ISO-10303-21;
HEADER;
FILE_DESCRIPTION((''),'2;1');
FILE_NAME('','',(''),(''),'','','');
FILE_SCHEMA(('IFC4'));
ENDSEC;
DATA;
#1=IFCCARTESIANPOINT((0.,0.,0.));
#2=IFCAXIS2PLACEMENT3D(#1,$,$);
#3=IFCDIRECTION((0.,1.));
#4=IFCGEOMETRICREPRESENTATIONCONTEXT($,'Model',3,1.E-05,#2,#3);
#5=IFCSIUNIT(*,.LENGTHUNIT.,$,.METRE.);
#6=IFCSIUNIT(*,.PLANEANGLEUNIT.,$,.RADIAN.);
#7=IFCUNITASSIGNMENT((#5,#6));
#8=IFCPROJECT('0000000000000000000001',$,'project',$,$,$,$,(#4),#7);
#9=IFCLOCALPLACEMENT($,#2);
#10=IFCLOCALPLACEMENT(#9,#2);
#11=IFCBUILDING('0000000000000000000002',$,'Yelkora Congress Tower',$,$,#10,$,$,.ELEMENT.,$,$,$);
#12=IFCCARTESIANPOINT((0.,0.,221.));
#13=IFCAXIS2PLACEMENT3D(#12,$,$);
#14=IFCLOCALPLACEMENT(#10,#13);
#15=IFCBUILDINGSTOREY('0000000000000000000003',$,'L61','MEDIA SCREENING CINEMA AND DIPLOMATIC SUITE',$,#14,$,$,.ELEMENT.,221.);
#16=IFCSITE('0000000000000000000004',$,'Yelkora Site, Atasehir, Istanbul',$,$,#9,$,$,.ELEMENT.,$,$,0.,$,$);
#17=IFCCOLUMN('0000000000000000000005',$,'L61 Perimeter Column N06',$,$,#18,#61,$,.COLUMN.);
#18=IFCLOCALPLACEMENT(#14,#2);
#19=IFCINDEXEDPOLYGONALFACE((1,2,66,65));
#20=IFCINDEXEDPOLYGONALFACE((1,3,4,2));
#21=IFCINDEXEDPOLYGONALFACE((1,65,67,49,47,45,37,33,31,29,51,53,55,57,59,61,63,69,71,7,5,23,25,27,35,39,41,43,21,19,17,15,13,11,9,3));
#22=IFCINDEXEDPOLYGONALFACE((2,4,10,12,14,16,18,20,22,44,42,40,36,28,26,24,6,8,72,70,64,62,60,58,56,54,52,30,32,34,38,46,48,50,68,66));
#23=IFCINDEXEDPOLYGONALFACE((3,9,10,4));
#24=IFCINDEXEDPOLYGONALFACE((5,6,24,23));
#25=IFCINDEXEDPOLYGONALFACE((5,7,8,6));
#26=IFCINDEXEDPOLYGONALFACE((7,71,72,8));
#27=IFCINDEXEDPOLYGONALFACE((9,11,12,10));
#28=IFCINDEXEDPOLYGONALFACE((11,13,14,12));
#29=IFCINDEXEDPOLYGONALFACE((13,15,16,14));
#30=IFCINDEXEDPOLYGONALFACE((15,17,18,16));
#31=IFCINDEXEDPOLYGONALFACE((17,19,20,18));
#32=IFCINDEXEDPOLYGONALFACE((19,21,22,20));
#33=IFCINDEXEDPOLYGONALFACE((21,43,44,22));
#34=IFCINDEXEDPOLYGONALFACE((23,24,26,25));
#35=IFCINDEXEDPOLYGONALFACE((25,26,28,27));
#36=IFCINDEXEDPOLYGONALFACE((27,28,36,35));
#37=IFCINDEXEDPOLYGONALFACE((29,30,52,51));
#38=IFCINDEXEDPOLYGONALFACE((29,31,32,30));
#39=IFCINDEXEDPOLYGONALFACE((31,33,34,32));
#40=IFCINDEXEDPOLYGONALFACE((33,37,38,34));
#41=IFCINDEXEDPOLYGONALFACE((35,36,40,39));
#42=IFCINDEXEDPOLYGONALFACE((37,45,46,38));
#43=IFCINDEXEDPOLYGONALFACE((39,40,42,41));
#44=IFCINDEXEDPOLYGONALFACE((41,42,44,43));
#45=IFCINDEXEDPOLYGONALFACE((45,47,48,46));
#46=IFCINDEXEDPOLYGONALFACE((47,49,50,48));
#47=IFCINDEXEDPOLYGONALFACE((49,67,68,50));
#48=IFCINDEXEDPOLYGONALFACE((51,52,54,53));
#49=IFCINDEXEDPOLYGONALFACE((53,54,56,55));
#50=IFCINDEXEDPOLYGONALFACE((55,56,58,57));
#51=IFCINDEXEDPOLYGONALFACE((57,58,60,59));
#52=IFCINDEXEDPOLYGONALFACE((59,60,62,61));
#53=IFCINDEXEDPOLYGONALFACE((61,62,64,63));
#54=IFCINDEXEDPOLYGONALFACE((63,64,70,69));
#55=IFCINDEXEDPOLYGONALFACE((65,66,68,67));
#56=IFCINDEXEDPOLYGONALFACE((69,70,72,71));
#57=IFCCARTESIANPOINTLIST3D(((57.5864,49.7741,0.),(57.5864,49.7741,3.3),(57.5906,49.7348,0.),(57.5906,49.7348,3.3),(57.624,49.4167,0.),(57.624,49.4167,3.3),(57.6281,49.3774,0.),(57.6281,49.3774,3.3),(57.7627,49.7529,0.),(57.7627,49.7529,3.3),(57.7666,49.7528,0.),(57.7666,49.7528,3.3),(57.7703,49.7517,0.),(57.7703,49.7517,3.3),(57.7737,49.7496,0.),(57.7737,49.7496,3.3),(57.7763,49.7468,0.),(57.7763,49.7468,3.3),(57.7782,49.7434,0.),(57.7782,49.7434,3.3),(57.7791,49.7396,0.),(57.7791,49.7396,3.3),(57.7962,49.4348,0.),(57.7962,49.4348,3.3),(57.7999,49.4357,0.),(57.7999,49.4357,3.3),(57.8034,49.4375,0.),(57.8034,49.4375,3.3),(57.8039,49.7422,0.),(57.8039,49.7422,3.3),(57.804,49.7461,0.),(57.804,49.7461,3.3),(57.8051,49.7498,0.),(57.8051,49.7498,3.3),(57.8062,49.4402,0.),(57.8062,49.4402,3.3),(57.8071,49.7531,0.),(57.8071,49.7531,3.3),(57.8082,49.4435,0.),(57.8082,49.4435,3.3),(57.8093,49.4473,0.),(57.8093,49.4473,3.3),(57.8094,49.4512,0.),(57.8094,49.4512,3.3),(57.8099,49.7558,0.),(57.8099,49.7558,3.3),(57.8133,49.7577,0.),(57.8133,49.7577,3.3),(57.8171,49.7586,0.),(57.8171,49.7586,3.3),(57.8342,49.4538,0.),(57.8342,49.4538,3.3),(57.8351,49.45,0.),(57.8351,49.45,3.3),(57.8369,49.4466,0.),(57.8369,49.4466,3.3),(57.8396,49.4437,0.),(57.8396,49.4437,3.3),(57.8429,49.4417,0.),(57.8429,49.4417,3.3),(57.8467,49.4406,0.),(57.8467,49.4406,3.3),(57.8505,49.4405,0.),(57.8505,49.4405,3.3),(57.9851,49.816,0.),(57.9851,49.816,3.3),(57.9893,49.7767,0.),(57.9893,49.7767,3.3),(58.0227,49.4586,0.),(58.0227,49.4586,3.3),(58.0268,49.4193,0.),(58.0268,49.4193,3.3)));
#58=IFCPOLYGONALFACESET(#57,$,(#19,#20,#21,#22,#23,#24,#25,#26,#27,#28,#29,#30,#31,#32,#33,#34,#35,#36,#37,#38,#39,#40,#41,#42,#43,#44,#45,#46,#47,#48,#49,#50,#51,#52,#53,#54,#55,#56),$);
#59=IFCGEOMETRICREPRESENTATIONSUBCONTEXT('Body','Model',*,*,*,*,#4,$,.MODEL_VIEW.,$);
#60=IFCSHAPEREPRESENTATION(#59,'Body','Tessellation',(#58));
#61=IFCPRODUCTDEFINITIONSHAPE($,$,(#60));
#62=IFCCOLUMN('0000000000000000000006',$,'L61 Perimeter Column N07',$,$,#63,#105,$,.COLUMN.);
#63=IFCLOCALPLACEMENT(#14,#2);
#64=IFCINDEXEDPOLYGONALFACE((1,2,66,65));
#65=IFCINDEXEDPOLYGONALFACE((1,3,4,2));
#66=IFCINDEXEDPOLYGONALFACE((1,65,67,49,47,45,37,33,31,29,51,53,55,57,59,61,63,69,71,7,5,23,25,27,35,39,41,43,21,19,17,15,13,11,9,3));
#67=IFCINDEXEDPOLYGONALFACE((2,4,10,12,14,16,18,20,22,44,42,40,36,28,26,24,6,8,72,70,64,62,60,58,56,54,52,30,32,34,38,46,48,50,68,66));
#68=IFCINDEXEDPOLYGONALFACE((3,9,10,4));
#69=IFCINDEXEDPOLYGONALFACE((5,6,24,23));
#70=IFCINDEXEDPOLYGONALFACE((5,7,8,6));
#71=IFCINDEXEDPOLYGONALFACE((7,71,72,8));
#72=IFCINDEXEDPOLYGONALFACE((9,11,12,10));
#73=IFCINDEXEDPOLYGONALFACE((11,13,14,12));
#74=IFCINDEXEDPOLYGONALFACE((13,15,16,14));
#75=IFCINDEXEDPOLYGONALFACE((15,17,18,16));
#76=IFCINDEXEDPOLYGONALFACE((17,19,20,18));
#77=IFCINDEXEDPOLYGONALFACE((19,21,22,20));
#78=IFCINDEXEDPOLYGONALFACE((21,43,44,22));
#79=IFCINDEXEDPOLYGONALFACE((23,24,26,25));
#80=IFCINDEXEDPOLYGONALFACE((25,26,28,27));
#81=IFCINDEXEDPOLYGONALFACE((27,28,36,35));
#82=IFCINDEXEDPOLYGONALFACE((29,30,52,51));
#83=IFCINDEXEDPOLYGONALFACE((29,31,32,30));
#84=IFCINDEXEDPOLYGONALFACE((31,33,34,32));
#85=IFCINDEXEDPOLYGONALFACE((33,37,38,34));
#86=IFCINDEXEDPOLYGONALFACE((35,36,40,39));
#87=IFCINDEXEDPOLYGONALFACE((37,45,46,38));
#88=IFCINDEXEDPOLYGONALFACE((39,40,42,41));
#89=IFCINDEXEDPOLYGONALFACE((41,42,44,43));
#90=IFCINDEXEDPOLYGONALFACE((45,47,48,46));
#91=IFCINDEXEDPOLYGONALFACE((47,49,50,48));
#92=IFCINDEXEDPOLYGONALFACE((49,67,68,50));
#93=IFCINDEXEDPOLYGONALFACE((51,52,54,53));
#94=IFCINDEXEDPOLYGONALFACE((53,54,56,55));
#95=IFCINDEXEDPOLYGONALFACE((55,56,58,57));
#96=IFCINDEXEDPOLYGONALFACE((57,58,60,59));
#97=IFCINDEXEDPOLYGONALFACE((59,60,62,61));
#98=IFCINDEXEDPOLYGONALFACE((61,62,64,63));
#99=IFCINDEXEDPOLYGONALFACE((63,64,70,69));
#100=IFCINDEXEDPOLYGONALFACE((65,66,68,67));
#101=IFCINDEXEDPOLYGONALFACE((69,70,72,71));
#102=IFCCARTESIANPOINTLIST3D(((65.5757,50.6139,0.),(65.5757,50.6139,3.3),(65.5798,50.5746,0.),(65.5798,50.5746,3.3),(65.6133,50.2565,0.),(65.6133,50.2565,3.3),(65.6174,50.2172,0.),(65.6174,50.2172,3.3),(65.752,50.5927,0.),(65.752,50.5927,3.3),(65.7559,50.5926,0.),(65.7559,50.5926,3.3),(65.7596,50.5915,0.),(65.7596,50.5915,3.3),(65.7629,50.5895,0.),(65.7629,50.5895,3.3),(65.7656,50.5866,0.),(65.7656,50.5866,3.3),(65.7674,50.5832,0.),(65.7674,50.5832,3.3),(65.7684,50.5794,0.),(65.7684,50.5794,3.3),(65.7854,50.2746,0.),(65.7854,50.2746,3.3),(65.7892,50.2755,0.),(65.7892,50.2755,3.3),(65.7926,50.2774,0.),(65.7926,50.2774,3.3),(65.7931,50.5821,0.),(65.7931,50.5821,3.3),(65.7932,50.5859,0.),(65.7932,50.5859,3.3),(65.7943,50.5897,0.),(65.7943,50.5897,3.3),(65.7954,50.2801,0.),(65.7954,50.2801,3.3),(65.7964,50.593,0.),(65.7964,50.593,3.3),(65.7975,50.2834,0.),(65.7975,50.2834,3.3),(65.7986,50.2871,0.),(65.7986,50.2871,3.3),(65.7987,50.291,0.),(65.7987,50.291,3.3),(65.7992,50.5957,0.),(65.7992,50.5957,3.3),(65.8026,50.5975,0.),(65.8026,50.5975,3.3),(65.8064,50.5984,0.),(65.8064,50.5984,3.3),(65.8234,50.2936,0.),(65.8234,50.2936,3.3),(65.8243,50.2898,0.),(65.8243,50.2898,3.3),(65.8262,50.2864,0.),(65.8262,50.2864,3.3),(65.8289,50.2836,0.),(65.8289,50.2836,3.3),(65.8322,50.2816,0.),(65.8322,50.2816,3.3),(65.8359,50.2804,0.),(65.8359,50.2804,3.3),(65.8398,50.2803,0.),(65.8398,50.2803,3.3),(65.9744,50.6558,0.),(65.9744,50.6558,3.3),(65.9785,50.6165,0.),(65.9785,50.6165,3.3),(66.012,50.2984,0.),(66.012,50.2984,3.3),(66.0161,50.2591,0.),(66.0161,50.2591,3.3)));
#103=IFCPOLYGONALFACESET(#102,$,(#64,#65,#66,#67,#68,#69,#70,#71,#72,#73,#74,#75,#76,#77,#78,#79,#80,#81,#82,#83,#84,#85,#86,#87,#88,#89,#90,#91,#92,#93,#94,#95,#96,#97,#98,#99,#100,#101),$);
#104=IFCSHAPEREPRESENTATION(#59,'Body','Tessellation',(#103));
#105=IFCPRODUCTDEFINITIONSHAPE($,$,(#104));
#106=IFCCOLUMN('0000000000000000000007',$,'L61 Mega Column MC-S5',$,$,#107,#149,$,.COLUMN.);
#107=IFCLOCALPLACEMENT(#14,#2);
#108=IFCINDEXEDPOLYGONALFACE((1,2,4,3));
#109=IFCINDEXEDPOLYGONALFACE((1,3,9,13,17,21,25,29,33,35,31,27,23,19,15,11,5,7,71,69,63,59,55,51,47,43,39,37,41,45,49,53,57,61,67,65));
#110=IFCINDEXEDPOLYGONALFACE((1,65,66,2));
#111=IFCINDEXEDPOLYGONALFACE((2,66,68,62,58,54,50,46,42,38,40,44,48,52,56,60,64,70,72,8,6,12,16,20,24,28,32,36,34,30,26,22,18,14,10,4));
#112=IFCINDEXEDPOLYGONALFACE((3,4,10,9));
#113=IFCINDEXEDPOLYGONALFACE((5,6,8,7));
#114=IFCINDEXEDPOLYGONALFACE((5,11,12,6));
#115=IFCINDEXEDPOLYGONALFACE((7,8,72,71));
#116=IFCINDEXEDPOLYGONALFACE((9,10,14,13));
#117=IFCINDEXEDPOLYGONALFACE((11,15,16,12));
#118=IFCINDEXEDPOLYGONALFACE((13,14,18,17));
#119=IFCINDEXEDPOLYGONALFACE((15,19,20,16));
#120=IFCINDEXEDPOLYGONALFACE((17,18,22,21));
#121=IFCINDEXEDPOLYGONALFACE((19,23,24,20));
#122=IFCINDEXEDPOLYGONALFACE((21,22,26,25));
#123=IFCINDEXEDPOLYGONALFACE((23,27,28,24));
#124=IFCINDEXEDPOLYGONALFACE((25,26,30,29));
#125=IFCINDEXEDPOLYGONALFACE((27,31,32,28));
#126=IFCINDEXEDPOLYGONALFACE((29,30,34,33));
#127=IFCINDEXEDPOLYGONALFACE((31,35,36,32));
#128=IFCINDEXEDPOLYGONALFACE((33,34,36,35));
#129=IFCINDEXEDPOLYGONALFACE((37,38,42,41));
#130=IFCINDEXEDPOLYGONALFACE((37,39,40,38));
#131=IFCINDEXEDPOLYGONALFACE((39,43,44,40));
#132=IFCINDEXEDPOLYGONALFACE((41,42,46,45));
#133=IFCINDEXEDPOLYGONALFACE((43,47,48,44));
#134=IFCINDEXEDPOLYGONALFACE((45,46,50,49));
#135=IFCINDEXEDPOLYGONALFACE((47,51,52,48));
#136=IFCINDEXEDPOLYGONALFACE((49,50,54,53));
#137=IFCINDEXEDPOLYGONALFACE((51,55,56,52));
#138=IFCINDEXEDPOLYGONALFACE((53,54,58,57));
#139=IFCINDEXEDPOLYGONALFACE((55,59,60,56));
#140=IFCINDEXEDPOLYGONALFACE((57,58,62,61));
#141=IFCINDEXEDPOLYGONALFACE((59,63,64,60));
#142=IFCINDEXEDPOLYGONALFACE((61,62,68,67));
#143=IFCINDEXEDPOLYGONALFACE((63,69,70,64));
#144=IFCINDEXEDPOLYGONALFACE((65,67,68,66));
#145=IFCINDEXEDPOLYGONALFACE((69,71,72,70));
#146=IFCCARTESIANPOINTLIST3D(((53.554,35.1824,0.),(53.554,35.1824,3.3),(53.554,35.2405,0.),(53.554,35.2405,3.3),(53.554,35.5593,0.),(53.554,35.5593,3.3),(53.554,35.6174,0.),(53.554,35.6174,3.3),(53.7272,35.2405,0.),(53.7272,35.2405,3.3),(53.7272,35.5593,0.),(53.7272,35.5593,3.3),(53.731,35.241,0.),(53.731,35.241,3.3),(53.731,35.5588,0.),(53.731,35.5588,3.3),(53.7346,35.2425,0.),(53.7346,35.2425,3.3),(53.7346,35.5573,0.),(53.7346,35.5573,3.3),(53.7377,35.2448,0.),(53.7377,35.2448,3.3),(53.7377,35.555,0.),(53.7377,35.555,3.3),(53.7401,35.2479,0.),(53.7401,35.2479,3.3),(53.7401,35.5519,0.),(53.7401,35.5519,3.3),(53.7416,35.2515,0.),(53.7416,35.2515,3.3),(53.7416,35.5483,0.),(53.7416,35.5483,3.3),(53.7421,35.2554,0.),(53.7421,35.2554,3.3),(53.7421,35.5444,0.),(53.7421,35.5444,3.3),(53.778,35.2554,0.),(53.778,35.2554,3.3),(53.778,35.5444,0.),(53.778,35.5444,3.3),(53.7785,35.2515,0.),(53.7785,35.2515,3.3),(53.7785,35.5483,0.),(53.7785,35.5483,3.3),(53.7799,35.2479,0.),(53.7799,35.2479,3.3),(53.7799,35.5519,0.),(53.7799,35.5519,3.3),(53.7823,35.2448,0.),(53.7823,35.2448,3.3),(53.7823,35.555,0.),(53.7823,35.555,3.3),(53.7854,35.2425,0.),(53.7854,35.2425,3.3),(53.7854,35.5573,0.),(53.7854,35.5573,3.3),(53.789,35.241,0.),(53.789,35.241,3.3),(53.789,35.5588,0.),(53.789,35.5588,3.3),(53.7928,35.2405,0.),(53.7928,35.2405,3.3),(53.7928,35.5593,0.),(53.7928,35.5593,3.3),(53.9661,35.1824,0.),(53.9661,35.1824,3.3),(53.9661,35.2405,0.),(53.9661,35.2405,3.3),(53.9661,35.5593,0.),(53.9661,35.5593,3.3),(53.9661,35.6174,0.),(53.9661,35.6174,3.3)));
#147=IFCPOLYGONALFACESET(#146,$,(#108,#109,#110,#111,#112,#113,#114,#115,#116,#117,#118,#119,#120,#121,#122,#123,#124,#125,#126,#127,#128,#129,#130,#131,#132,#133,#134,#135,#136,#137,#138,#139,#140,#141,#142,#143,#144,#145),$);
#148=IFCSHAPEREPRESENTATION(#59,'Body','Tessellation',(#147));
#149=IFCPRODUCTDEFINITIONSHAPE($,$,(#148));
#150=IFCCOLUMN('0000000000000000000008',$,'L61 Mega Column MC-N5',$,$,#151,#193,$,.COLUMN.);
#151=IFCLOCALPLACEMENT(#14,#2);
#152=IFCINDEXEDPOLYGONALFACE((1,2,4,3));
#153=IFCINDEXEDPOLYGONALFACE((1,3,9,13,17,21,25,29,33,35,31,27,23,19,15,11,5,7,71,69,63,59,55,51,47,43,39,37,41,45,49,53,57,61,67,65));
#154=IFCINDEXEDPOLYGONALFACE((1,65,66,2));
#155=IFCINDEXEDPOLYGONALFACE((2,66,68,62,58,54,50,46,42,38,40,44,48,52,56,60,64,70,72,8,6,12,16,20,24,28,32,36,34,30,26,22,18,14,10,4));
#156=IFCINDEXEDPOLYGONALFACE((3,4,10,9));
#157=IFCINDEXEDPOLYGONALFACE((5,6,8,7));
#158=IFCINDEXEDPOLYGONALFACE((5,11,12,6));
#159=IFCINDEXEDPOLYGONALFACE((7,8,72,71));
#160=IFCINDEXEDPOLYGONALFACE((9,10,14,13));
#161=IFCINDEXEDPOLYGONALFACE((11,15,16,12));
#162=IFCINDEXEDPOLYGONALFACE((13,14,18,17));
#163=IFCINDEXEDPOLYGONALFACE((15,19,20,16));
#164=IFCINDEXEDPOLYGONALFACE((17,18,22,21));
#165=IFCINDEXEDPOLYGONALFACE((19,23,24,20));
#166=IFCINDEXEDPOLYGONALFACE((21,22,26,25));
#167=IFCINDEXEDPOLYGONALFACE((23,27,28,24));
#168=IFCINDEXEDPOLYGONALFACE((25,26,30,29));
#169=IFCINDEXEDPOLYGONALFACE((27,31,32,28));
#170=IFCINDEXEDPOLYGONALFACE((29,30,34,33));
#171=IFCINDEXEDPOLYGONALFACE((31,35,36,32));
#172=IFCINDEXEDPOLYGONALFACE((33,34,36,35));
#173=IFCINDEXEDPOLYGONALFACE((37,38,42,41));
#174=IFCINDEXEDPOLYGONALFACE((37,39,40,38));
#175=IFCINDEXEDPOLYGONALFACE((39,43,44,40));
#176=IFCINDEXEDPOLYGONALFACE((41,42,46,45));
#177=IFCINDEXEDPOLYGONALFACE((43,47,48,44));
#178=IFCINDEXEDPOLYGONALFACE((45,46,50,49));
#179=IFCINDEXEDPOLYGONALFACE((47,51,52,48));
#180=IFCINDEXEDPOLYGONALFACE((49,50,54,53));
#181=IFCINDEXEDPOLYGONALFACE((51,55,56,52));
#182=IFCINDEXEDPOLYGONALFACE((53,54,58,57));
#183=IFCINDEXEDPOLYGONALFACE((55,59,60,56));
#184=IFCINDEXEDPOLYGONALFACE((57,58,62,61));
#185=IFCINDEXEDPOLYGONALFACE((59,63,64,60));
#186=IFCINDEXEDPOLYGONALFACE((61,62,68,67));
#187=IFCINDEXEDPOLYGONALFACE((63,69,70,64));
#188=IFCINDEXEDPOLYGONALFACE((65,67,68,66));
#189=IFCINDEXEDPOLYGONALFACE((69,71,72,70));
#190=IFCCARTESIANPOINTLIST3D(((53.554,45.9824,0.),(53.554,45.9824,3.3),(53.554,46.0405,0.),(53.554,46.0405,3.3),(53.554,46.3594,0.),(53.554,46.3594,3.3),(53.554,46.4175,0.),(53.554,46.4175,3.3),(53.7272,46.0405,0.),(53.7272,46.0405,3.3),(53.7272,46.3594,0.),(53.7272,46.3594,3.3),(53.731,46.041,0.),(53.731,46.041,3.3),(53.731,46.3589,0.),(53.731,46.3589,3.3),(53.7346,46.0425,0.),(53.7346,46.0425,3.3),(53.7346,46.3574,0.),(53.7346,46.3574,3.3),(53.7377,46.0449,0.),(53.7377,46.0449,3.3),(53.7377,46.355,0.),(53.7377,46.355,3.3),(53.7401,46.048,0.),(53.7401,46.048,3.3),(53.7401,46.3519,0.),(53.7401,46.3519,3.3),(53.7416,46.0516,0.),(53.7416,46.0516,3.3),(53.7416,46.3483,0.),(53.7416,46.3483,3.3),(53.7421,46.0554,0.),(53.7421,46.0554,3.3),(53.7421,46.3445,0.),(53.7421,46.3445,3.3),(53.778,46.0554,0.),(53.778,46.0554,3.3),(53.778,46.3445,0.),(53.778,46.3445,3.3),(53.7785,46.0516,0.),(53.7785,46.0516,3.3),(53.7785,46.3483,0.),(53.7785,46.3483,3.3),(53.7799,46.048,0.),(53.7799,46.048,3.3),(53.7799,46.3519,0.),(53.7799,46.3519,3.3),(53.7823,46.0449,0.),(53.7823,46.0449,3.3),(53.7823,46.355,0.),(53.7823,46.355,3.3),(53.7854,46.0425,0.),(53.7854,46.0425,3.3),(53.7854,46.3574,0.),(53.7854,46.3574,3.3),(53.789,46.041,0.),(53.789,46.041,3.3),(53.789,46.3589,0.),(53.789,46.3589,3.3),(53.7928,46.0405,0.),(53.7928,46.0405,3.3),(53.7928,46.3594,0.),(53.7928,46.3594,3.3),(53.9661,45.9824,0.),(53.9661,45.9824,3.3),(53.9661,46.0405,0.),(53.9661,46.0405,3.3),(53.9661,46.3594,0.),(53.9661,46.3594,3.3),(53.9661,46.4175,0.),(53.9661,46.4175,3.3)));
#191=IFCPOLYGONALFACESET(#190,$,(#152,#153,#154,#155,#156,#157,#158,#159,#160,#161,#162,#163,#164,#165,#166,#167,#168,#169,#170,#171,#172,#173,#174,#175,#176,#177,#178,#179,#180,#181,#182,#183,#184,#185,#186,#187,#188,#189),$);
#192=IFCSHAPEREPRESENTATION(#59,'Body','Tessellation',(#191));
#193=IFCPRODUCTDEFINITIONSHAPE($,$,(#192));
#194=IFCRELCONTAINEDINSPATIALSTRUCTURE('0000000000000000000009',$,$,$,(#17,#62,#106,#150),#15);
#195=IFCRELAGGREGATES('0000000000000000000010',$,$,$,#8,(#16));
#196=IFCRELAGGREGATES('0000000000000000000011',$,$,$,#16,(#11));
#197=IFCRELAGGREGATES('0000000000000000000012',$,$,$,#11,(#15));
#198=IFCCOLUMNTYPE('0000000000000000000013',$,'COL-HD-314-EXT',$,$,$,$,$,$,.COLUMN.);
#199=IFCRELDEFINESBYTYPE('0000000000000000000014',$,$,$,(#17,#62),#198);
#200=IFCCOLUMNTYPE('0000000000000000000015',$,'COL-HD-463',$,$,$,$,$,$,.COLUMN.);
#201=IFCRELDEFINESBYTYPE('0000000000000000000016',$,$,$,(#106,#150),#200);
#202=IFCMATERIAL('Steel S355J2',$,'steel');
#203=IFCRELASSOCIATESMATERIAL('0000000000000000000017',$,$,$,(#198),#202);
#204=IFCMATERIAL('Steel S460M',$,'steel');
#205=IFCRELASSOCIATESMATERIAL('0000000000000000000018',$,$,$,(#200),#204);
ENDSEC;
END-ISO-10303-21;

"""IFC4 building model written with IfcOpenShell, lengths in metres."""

from ifc_helpers import new_model, si_unit, direction, frame, origin, origin_2d, place, context, subcontext, project, spatial, i_section, extrude, material, material_profile, profile_set, type_object, element, save


model = new_model("IFC4")

# Units and contexts
model_context = context("Model", 3, precision=1e-05, world=origin(), true_north=direction((0.0, 1.0)))
body_context = subcontext(model_context, "Body", "Model", "MODEL_VIEW")
ifc_project = project(units=[si_unit("LENGTHUNIT", "METRE"), si_unit("PLANEANGLEUNIT", "RADIAN")], contexts=[model_context])

# Site, building, storey
site_placement = place(None, origin())
site = spatial("IfcSite", under=ifc_project, at=site_placement, Name="Yelkora Site, Atasehir, Istanbul", CompositionType="ELEMENT", RefElevation=0.0)
building_placement = place(site_placement, origin())
building = spatial("IfcBuilding", under=site, at=building_placement, Name="Yelkora Congress Tower", CompositionType="ELEMENT")
storey_placement = place(building_placement, frame((0.0, 0.0, 221.0)))
storey = spatial("IfcBuildingStorey", under=building, at=storey_placement, Name="L61", Description="MEDIA SCREENING CINEMA AND DIPLOMATIC SUITE", CompositionType="ELEMENT", Elevation=221.0)

# Columns
ifc_material_1 = material(Name="Steel S355J2", Category="steel")
ifc_material_profile_1 = material_profile(ifc_material_1, i_section(OverallWidth=0.4009, OverallDepth=0.3989, WebThickness=0.0249, FlangeThickness=0.0396, FilletRadius=0.0149, at=origin_2d()), Name="HD 400x314")
ifc_profile_set_1 = profile_set([ifc_material_profile_1], Name="Steel S355J2")
column_type_1 = type_object("IfcColumnType", Name="COL-HD-314-EXT", PredefinedType="COLUMN", material=ifc_profile_set_1)
for number, where, z_axis, x_axis, name in (
    (1, (57.8066, 49.5967, 0.0), (0.0, 0.0, 1.0), (0.994522, 0.104528, 0.0), "L61 Perimeter Column N06"),
    (2, (65.7959, 50.4365, 0.0), (0.0, 0.0, 1.0), (0.994522, 0.104528, 0.0), "L61 Perimeter Column N07"),
):
    element("IfcColumn", number, at=place(storey_placement, frame(where, z_axis=z_axis, x_axis=x_axis)), inside=storey, type_object=column_type_1, Name=name, PredefinedType="COLUMN", context=body_context, shape_type="SweptSolid", body=[
        extrude(i_section(OverallWidth=0.4009, OverallDepth=0.3989, WebThickness=0.0249, FlangeThickness=0.0396, FilletRadius=0.0149, at=origin_2d()), origin(), (0.0, 0.0, 1.0), 3.3),
    ])
ifc_material_2 = material(Name="Steel S460M", Category="steel")
ifc_material_profile_2 = material_profile(ifc_material_2, i_section(OverallWidth=0.4121, OverallDepth=0.4351, WebThickness=0.0359, FlangeThickness=0.0581, FilletRadius=0.0149, at=origin_2d()), Name="HD 400x463")
ifc_profile_set_2 = profile_set([ifc_material_profile_2], Name="Steel S460M")
column_type_2 = type_object("IfcColumnType", Name="COL-HD-463", PredefinedType="COLUMN", material=ifc_profile_set_2)
for number, where, z_axis, x_axis, name in (
    (3, (53.76, 35.3999, 0.0), (0.0, 0.0, 1.0), (1.0, 0.0, 0.0), "L61 Mega Column MC-S5"),
    (4, (53.76, 46.2, 0.0), (0.0, 0.0, 1.0), (1.0, 0.0, 0.0), "L61 Mega Column MC-N5"),
):
    element("IfcColumn", number, at=place(storey_placement, frame(where, z_axis=z_axis, x_axis=x_axis)), inside=storey, type_object=column_type_2, Name=name, PredefinedType="COLUMN", context=body_context, shape_type="SweptSolid", body=[
        extrude(i_section(OverallWidth=0.4121, OverallDepth=0.4351, WebThickness=0.0359, FlangeThickness=0.0581, FilletRadius=0.0149, at=origin_2d()), origin(), (0.0, 0.0, 1.0), 3.3),
    ])

save(model, "model.ifc")
